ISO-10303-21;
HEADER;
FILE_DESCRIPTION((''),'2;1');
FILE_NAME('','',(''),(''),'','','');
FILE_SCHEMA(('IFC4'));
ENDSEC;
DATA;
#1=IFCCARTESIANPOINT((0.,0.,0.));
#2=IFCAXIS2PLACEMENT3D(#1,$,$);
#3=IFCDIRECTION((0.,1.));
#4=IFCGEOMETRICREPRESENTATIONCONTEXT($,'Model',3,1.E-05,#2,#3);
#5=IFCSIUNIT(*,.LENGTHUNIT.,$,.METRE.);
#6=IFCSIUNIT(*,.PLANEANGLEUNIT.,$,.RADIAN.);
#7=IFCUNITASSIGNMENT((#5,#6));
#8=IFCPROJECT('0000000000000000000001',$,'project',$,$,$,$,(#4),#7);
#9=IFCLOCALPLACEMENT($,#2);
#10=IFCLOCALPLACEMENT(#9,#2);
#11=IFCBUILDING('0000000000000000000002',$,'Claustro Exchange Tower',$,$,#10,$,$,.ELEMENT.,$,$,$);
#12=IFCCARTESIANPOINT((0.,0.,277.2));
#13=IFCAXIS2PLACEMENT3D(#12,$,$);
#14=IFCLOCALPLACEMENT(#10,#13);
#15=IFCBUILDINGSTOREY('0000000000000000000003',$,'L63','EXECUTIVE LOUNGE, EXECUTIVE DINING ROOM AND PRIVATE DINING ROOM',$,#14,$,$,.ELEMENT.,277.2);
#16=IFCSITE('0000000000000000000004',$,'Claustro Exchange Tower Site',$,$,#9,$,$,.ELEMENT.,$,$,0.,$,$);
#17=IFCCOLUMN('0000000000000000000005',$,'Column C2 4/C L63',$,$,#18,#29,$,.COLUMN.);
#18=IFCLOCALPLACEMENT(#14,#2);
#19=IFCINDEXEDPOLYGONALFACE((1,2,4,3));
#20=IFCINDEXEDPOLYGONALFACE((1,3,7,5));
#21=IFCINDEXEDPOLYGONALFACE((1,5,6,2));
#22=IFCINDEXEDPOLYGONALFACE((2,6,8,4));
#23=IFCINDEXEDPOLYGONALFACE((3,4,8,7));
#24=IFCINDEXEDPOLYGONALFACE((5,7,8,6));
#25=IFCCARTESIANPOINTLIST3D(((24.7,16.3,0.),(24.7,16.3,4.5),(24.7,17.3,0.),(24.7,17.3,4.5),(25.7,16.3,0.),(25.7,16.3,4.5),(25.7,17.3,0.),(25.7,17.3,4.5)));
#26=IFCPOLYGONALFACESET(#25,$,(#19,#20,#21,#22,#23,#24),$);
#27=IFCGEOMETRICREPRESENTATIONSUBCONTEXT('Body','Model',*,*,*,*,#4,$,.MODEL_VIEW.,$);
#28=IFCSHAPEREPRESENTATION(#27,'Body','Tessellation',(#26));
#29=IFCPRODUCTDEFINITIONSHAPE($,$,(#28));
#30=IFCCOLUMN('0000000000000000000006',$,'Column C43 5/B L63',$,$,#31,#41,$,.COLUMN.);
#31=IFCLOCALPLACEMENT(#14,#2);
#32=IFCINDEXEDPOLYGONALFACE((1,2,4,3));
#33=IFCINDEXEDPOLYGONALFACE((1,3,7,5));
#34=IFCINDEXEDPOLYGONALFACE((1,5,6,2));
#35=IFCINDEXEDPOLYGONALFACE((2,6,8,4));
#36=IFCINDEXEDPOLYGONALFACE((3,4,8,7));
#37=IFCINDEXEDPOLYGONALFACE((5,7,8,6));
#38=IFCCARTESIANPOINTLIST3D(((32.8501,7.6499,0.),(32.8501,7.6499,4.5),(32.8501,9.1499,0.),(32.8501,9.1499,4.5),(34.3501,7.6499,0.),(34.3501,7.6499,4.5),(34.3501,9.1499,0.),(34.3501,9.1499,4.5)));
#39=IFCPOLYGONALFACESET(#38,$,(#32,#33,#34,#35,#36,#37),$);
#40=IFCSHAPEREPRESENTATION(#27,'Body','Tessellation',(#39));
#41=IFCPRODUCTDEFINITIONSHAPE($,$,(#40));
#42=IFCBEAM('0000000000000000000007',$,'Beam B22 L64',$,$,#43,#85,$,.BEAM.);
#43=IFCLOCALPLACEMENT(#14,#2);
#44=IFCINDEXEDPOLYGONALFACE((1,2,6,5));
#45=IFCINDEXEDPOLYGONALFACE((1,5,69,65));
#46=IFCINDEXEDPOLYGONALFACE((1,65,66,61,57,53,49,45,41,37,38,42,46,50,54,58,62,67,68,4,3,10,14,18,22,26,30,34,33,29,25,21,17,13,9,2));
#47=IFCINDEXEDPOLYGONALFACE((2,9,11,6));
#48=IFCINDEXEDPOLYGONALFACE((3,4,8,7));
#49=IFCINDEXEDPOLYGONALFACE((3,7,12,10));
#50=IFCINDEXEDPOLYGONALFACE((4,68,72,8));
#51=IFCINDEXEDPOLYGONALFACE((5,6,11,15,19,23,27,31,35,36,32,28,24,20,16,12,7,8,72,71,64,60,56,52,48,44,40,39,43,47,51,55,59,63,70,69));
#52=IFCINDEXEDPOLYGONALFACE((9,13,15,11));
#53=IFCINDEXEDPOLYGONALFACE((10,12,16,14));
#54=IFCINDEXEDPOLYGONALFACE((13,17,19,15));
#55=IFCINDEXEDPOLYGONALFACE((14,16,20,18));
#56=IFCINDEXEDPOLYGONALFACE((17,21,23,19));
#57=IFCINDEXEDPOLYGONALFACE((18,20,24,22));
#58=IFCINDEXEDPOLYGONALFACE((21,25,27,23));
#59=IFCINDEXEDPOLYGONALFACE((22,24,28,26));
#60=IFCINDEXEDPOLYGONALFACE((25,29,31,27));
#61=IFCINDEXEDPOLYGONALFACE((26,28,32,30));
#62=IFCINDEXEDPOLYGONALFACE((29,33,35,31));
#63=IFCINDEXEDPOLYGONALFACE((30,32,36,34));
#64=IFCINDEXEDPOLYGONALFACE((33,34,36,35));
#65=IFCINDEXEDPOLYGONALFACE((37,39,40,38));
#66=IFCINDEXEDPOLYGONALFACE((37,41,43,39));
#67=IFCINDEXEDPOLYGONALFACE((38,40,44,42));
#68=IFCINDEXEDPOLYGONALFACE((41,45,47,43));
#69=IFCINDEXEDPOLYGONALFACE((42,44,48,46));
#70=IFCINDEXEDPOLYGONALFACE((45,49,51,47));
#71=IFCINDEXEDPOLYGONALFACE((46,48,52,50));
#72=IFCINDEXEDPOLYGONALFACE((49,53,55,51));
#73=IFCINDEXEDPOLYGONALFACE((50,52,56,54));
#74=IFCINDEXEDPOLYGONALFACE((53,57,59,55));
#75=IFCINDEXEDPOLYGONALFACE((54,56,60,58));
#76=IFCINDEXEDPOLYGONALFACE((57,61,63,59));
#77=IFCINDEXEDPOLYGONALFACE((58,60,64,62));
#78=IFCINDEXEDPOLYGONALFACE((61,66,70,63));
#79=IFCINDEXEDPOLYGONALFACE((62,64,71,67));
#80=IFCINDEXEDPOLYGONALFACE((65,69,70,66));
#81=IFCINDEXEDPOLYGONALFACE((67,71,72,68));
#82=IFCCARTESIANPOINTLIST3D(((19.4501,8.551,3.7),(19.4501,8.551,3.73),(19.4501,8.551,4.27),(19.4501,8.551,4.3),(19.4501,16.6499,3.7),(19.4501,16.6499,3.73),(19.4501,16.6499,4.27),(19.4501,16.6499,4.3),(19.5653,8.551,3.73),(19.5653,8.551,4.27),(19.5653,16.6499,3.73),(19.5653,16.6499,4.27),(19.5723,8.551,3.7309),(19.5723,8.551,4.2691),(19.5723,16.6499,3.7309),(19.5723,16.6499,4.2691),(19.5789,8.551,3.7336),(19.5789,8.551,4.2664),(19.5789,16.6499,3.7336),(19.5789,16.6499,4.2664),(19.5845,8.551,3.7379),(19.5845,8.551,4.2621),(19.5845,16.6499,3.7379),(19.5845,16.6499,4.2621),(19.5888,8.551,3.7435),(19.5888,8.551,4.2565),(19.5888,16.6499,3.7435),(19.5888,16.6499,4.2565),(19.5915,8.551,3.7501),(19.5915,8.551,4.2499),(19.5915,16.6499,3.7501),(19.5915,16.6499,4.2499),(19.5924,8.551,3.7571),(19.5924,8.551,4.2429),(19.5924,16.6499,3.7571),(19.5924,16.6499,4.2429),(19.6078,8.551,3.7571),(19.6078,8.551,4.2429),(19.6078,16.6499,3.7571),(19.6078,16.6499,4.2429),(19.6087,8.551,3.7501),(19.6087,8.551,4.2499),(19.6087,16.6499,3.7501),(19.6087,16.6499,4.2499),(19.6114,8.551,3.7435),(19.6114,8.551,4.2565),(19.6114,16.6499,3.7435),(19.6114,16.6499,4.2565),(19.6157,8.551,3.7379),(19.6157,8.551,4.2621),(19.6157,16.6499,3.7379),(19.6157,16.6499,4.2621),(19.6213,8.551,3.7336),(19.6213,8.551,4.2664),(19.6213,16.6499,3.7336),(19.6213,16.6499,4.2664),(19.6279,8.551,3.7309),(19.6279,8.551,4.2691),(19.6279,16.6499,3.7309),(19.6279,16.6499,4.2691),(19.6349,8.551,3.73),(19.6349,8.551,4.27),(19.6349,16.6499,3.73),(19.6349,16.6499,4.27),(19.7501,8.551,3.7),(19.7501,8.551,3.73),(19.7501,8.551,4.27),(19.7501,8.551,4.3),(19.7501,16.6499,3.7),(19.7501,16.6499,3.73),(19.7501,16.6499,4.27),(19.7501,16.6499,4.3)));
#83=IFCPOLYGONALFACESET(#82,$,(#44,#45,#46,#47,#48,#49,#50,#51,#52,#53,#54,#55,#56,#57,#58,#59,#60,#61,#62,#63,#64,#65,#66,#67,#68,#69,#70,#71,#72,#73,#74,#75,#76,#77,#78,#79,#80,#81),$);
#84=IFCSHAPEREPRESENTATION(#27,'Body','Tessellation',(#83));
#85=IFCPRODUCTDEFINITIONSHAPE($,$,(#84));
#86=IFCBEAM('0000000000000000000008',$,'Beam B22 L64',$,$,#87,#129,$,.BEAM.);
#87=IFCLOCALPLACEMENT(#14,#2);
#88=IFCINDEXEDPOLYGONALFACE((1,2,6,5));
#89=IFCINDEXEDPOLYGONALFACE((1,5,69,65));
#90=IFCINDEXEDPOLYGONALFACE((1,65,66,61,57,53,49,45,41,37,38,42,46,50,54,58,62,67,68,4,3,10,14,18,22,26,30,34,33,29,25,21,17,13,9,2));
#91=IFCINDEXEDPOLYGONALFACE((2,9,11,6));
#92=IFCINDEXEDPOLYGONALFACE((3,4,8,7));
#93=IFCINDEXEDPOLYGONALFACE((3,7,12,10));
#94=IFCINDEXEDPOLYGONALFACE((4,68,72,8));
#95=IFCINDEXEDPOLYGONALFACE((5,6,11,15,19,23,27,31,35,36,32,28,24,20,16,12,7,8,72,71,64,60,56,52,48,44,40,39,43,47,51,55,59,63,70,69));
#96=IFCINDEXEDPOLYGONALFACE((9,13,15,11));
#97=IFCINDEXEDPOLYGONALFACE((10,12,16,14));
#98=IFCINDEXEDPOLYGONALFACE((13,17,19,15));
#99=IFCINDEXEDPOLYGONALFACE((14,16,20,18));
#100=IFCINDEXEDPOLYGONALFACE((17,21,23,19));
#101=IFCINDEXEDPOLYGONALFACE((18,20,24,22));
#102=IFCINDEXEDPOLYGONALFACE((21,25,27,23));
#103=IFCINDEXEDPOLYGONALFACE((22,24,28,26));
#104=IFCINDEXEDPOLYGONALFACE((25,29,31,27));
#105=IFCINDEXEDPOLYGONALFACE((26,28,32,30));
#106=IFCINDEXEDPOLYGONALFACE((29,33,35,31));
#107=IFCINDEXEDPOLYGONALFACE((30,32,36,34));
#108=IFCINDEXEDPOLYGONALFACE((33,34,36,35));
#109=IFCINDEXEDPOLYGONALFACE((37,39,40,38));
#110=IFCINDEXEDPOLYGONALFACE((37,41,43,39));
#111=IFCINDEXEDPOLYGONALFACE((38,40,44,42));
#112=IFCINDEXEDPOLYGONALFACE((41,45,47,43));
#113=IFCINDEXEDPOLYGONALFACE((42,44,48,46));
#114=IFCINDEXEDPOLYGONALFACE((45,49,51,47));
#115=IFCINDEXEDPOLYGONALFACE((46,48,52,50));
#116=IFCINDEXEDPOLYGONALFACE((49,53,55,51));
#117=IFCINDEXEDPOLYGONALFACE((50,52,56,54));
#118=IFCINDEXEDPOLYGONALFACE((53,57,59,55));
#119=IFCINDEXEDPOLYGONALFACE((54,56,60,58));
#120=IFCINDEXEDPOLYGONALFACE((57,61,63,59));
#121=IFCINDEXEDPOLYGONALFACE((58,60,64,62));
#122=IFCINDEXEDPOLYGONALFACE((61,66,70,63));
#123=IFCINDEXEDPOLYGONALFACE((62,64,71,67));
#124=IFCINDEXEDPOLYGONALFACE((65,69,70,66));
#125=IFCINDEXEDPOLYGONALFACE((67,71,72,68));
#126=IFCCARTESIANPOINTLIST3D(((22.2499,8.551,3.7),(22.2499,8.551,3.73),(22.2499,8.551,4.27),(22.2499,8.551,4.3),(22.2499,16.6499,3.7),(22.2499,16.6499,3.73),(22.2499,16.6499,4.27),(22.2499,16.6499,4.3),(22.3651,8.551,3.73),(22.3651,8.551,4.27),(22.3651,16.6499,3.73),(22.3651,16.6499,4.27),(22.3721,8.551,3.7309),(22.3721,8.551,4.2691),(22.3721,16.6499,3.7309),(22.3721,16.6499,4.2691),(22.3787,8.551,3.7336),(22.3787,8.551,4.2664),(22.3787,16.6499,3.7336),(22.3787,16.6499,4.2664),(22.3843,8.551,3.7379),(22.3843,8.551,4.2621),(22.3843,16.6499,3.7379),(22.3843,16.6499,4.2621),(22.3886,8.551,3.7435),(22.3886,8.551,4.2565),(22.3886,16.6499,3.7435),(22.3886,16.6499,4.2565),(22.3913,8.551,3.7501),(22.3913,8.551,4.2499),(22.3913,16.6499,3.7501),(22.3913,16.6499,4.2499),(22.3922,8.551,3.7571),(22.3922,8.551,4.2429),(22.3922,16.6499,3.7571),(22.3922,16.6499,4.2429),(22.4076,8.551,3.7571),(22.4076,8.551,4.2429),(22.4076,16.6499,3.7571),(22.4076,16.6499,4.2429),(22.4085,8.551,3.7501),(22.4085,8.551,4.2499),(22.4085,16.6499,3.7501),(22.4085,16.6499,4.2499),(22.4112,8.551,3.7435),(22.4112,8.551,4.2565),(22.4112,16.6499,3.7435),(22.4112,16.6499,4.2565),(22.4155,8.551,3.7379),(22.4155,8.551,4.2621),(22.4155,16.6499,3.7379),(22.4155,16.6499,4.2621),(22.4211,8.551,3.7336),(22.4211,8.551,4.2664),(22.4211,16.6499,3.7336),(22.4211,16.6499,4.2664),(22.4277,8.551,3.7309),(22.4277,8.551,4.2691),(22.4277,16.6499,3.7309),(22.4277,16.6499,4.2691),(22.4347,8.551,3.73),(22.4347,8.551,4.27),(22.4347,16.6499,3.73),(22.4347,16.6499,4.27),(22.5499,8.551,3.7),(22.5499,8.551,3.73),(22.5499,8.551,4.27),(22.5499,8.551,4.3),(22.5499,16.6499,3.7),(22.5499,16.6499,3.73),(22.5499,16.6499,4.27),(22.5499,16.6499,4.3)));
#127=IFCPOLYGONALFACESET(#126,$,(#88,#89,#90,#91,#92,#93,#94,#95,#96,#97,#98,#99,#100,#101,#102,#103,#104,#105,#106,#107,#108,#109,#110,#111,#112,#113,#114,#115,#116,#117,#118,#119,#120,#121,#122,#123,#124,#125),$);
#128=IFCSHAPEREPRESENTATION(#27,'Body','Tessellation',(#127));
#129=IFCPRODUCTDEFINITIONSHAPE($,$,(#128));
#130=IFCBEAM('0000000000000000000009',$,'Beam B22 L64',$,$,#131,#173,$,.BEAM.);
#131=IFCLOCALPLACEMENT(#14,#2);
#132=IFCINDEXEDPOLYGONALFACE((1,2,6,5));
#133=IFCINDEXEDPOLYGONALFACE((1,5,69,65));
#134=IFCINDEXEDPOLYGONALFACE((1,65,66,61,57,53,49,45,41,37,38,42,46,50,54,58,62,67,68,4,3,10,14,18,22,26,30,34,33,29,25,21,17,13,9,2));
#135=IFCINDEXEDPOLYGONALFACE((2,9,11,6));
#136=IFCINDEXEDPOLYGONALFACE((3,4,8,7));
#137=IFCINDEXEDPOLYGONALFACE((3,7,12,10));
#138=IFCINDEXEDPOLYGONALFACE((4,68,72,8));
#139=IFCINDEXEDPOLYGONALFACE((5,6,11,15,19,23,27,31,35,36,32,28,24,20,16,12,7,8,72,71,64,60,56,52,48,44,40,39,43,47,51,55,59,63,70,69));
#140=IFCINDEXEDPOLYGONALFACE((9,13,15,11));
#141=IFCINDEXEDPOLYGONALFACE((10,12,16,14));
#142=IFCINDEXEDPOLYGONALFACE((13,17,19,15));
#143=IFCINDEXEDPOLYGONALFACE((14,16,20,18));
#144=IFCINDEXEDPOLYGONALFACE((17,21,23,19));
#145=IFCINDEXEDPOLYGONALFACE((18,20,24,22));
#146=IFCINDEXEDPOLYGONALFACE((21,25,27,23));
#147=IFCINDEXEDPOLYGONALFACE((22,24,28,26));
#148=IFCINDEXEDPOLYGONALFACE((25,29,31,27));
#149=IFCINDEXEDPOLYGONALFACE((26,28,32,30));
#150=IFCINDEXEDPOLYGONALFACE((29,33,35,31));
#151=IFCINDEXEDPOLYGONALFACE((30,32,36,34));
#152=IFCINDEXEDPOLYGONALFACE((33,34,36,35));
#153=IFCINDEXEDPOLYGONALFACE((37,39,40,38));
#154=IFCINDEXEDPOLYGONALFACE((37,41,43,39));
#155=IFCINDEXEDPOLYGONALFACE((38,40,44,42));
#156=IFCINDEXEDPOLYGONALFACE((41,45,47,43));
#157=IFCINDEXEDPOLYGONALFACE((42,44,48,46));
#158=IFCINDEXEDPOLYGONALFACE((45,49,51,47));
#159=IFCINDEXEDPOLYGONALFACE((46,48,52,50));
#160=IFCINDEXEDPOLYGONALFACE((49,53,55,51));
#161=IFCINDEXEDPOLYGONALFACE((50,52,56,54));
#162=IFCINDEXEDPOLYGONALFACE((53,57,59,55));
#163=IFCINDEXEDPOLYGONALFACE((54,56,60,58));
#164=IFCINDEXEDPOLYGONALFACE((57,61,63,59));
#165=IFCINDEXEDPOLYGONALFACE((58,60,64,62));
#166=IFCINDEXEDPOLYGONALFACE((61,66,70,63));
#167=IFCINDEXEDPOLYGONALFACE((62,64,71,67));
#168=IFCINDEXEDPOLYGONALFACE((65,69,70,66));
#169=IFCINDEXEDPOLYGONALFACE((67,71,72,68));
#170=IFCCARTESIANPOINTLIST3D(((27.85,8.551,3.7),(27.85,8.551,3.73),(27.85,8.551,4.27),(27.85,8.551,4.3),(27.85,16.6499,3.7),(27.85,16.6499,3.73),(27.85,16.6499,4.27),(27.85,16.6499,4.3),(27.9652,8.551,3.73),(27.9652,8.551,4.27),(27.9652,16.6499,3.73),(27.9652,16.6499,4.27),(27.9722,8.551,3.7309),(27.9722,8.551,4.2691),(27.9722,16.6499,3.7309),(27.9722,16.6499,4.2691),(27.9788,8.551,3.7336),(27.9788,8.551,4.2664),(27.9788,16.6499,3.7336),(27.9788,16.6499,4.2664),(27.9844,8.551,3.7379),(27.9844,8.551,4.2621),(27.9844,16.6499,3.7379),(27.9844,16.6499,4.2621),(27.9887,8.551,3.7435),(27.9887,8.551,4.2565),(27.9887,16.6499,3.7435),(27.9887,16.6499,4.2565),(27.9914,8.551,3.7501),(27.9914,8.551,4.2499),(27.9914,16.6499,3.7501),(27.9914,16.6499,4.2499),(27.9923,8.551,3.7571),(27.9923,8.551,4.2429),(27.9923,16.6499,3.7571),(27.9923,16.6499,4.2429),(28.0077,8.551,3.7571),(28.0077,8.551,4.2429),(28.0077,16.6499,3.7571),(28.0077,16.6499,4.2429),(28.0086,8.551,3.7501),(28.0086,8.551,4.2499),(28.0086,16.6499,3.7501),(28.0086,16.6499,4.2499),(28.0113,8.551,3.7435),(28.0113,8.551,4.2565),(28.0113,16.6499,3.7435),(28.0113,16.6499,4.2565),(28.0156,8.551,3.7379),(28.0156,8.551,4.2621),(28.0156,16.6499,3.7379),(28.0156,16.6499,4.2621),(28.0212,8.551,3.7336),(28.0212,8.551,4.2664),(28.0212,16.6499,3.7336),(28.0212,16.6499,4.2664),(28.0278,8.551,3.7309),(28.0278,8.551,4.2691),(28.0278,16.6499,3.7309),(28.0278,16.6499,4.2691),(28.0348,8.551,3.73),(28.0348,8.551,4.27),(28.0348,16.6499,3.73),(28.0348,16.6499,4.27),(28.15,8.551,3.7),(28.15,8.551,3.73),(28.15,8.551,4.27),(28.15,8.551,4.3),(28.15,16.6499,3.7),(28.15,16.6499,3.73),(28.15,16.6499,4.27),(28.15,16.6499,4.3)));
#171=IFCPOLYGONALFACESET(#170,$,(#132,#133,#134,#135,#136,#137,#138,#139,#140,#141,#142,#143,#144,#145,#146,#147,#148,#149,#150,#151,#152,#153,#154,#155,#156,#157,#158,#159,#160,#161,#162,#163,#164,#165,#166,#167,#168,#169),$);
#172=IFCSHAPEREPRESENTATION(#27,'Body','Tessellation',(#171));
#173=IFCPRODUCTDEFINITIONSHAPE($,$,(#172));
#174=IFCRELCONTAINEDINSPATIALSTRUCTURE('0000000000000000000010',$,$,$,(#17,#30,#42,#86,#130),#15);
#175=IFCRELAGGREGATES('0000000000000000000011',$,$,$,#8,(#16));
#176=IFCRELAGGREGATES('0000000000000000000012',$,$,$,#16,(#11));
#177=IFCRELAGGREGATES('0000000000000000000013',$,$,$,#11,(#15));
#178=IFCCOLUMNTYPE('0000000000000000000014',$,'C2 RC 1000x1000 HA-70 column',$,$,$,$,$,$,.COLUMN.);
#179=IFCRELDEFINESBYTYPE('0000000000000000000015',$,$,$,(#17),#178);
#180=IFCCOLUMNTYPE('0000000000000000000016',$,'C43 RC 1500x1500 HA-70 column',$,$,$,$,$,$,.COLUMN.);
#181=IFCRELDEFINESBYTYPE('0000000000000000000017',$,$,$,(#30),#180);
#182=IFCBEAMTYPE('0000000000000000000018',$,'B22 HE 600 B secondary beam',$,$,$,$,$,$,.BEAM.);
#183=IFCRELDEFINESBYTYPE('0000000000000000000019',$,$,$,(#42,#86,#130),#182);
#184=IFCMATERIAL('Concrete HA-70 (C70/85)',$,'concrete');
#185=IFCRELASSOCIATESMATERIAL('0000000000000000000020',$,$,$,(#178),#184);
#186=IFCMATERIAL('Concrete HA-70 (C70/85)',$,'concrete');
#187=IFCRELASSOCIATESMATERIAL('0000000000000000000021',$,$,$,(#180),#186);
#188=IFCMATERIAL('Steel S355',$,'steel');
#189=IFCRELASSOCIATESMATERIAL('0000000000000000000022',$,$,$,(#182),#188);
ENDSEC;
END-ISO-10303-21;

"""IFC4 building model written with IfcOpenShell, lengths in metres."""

from ifc_helpers import new_model, si_unit, direction, frame, origin, origin_2d, place, context, subcontext, project, spatial, rectangle, i_section, extrude, material, material_profile, profile_set, type_object, element, save


model = new_model("IFC4")

# Units and contexts
model_context = context("Model", 3, precision=1e-05, world=origin(), true_north=direction((0.0, 1.0)))
body_context = subcontext(model_context, "Body", "Model", "MODEL_VIEW")
ifc_project = project(units=[si_unit("LENGTHUNIT", "METRE"), si_unit("PLANEANGLEUNIT", "RADIAN")], contexts=[model_context])

# Site, building, storey
site_placement = place(None, origin())
site = spatial("IfcSite", under=ifc_project, at=site_placement, Name="Claustro Exchange Tower Site", CompositionType="ELEMENT", RefElevation=0.0)
building_placement = place(site_placement, origin())
building = spatial("IfcBuilding", under=site, at=building_placement, Name="Claustro Exchange Tower", CompositionType="ELEMENT")
storey_placement = place(building_placement, frame((0.0, 0.0, 277.2)))
storey = spatial("IfcBuildingStorey", under=building, at=storey_placement, Name="L63", Description="EXECUTIVE LOUNGE, EXECUTIVE DINING ROOM AND PRIVATE DINING ROOM", CompositionType="ELEMENT", Elevation=277.2)

# Columns
ifc_material_1 = material(Name="Concrete HA-70 (C70/85)", Category="concrete")
ifc_material_profile_1 = material_profile(ifc_material_1, rectangle(XDim=1.0, YDim=1.0, at=origin_2d()), Name="RC 1000x1000")
ifc_profile_set_1 = profile_set([ifc_material_profile_1], Name="Concrete HA-70 (C70/85)")
column_type_1 = type_object("IfcColumnType", Name="C2 RC 1000x1000 HA-70 column", PredefinedType="COLUMN", material=ifc_profile_set_1)
column_1_placement = place(storey_placement, frame((25.2, 16.8, 0.0), z_axis=(0.0, 0.0, 1.0), x_axis=(1.0, 0.0, 0.0)))
element("IfcColumn", 1, at=column_1_placement, inside=storey, type_object=column_type_1, Name="Column C2 4/C L63", PredefinedType="COLUMN", context=body_context, shape_type="SweptSolid", body=[
    extrude(rectangle(XDim=1.0, YDim=1.0, at=origin_2d()), origin(), (0.0, 0.0, 1.0), 4.5),
])
ifc_material_2 = material(Name="Concrete HA-70 (C70/85)", Category="concrete")
ifc_material_profile_2 = material_profile(ifc_material_2, rectangle(XDim=1.5, YDim=1.5, at=origin_2d()), Name="RC 1500x1500")
ifc_profile_set_2 = profile_set([ifc_material_profile_2], Name="Concrete HA-70 (C70/85)")
column_type_2 = type_object("IfcColumnType", Name="C43 RC 1500x1500 HA-70 column", PredefinedType="COLUMN", material=ifc_profile_set_2)
column_2_placement = place(storey_placement, frame((33.6001, 8.3999, 0.0), z_axis=(0.0, 0.0, 1.0), x_axis=(1.0, 0.0, 0.0)))
element("IfcColumn", 2, at=column_2_placement, inside=storey, type_object=column_type_2, Name="Column C43 5/B L63", PredefinedType="COLUMN", context=body_context, shape_type="SweptSolid", body=[
    extrude(rectangle(XDim=1.5, YDim=1.5, at=origin_2d()), origin(), (0.0, 0.0, 1.0), 4.5),
])

# Beams
ifc_material_3 = material(Name="Steel S355", Category="steel")
ifc_material_profile_3 = material_profile(ifc_material_3, i_section(OverallWidth=0.3, OverallDepth=0.6001, WebThickness=0.0154, FlangeThickness=0.03, FilletRadius=0.0271, at=origin_2d()), Name="HE 600 B")
ifc_profile_set_3 = profile_set([ifc_material_profile_3], Name="Steel S355")
beam_type_1 = type_object("IfcBeamType", Name="B22 HE 600 B secondary beam", PredefinedType="BEAM", material=ifc_profile_set_3)
for number, where, z_axis, x_axis, name in (
    (3, (19.6001, 8.551, 4.0), (0.0, 1.0, 0.0), (-1.0, 0.0, 0.0), "Beam B22 L64"),
    (4, (22.3999, 8.551, 4.0), (0.0, 1.0, 0.0), (-1.0, 0.0, 0.0), "Beam B22 L64"),
    (5, (28.0, 8.551, 4.0), (0.0, 1.0, 0.0), (-1.0, 0.0, 0.0), "Beam B22 L64"),
):
    element("IfcBeam", number, at=place(storey_placement, frame(where, z_axis=z_axis, x_axis=x_axis)), inside=storey, type_object=beam_type_1, Name=name, PredefinedType="BEAM", context=body_context, shape_type="SweptSolid", body=[
        extrude(i_section(OverallWidth=0.3, OverallDepth=0.6001, WebThickness=0.0154, FlangeThickness=0.03, FilletRadius=0.0271, at=origin_2d()), origin(), (0.0, 0.0, 1.0), 8.0989),
    ])

save(model, "model.ifc")
